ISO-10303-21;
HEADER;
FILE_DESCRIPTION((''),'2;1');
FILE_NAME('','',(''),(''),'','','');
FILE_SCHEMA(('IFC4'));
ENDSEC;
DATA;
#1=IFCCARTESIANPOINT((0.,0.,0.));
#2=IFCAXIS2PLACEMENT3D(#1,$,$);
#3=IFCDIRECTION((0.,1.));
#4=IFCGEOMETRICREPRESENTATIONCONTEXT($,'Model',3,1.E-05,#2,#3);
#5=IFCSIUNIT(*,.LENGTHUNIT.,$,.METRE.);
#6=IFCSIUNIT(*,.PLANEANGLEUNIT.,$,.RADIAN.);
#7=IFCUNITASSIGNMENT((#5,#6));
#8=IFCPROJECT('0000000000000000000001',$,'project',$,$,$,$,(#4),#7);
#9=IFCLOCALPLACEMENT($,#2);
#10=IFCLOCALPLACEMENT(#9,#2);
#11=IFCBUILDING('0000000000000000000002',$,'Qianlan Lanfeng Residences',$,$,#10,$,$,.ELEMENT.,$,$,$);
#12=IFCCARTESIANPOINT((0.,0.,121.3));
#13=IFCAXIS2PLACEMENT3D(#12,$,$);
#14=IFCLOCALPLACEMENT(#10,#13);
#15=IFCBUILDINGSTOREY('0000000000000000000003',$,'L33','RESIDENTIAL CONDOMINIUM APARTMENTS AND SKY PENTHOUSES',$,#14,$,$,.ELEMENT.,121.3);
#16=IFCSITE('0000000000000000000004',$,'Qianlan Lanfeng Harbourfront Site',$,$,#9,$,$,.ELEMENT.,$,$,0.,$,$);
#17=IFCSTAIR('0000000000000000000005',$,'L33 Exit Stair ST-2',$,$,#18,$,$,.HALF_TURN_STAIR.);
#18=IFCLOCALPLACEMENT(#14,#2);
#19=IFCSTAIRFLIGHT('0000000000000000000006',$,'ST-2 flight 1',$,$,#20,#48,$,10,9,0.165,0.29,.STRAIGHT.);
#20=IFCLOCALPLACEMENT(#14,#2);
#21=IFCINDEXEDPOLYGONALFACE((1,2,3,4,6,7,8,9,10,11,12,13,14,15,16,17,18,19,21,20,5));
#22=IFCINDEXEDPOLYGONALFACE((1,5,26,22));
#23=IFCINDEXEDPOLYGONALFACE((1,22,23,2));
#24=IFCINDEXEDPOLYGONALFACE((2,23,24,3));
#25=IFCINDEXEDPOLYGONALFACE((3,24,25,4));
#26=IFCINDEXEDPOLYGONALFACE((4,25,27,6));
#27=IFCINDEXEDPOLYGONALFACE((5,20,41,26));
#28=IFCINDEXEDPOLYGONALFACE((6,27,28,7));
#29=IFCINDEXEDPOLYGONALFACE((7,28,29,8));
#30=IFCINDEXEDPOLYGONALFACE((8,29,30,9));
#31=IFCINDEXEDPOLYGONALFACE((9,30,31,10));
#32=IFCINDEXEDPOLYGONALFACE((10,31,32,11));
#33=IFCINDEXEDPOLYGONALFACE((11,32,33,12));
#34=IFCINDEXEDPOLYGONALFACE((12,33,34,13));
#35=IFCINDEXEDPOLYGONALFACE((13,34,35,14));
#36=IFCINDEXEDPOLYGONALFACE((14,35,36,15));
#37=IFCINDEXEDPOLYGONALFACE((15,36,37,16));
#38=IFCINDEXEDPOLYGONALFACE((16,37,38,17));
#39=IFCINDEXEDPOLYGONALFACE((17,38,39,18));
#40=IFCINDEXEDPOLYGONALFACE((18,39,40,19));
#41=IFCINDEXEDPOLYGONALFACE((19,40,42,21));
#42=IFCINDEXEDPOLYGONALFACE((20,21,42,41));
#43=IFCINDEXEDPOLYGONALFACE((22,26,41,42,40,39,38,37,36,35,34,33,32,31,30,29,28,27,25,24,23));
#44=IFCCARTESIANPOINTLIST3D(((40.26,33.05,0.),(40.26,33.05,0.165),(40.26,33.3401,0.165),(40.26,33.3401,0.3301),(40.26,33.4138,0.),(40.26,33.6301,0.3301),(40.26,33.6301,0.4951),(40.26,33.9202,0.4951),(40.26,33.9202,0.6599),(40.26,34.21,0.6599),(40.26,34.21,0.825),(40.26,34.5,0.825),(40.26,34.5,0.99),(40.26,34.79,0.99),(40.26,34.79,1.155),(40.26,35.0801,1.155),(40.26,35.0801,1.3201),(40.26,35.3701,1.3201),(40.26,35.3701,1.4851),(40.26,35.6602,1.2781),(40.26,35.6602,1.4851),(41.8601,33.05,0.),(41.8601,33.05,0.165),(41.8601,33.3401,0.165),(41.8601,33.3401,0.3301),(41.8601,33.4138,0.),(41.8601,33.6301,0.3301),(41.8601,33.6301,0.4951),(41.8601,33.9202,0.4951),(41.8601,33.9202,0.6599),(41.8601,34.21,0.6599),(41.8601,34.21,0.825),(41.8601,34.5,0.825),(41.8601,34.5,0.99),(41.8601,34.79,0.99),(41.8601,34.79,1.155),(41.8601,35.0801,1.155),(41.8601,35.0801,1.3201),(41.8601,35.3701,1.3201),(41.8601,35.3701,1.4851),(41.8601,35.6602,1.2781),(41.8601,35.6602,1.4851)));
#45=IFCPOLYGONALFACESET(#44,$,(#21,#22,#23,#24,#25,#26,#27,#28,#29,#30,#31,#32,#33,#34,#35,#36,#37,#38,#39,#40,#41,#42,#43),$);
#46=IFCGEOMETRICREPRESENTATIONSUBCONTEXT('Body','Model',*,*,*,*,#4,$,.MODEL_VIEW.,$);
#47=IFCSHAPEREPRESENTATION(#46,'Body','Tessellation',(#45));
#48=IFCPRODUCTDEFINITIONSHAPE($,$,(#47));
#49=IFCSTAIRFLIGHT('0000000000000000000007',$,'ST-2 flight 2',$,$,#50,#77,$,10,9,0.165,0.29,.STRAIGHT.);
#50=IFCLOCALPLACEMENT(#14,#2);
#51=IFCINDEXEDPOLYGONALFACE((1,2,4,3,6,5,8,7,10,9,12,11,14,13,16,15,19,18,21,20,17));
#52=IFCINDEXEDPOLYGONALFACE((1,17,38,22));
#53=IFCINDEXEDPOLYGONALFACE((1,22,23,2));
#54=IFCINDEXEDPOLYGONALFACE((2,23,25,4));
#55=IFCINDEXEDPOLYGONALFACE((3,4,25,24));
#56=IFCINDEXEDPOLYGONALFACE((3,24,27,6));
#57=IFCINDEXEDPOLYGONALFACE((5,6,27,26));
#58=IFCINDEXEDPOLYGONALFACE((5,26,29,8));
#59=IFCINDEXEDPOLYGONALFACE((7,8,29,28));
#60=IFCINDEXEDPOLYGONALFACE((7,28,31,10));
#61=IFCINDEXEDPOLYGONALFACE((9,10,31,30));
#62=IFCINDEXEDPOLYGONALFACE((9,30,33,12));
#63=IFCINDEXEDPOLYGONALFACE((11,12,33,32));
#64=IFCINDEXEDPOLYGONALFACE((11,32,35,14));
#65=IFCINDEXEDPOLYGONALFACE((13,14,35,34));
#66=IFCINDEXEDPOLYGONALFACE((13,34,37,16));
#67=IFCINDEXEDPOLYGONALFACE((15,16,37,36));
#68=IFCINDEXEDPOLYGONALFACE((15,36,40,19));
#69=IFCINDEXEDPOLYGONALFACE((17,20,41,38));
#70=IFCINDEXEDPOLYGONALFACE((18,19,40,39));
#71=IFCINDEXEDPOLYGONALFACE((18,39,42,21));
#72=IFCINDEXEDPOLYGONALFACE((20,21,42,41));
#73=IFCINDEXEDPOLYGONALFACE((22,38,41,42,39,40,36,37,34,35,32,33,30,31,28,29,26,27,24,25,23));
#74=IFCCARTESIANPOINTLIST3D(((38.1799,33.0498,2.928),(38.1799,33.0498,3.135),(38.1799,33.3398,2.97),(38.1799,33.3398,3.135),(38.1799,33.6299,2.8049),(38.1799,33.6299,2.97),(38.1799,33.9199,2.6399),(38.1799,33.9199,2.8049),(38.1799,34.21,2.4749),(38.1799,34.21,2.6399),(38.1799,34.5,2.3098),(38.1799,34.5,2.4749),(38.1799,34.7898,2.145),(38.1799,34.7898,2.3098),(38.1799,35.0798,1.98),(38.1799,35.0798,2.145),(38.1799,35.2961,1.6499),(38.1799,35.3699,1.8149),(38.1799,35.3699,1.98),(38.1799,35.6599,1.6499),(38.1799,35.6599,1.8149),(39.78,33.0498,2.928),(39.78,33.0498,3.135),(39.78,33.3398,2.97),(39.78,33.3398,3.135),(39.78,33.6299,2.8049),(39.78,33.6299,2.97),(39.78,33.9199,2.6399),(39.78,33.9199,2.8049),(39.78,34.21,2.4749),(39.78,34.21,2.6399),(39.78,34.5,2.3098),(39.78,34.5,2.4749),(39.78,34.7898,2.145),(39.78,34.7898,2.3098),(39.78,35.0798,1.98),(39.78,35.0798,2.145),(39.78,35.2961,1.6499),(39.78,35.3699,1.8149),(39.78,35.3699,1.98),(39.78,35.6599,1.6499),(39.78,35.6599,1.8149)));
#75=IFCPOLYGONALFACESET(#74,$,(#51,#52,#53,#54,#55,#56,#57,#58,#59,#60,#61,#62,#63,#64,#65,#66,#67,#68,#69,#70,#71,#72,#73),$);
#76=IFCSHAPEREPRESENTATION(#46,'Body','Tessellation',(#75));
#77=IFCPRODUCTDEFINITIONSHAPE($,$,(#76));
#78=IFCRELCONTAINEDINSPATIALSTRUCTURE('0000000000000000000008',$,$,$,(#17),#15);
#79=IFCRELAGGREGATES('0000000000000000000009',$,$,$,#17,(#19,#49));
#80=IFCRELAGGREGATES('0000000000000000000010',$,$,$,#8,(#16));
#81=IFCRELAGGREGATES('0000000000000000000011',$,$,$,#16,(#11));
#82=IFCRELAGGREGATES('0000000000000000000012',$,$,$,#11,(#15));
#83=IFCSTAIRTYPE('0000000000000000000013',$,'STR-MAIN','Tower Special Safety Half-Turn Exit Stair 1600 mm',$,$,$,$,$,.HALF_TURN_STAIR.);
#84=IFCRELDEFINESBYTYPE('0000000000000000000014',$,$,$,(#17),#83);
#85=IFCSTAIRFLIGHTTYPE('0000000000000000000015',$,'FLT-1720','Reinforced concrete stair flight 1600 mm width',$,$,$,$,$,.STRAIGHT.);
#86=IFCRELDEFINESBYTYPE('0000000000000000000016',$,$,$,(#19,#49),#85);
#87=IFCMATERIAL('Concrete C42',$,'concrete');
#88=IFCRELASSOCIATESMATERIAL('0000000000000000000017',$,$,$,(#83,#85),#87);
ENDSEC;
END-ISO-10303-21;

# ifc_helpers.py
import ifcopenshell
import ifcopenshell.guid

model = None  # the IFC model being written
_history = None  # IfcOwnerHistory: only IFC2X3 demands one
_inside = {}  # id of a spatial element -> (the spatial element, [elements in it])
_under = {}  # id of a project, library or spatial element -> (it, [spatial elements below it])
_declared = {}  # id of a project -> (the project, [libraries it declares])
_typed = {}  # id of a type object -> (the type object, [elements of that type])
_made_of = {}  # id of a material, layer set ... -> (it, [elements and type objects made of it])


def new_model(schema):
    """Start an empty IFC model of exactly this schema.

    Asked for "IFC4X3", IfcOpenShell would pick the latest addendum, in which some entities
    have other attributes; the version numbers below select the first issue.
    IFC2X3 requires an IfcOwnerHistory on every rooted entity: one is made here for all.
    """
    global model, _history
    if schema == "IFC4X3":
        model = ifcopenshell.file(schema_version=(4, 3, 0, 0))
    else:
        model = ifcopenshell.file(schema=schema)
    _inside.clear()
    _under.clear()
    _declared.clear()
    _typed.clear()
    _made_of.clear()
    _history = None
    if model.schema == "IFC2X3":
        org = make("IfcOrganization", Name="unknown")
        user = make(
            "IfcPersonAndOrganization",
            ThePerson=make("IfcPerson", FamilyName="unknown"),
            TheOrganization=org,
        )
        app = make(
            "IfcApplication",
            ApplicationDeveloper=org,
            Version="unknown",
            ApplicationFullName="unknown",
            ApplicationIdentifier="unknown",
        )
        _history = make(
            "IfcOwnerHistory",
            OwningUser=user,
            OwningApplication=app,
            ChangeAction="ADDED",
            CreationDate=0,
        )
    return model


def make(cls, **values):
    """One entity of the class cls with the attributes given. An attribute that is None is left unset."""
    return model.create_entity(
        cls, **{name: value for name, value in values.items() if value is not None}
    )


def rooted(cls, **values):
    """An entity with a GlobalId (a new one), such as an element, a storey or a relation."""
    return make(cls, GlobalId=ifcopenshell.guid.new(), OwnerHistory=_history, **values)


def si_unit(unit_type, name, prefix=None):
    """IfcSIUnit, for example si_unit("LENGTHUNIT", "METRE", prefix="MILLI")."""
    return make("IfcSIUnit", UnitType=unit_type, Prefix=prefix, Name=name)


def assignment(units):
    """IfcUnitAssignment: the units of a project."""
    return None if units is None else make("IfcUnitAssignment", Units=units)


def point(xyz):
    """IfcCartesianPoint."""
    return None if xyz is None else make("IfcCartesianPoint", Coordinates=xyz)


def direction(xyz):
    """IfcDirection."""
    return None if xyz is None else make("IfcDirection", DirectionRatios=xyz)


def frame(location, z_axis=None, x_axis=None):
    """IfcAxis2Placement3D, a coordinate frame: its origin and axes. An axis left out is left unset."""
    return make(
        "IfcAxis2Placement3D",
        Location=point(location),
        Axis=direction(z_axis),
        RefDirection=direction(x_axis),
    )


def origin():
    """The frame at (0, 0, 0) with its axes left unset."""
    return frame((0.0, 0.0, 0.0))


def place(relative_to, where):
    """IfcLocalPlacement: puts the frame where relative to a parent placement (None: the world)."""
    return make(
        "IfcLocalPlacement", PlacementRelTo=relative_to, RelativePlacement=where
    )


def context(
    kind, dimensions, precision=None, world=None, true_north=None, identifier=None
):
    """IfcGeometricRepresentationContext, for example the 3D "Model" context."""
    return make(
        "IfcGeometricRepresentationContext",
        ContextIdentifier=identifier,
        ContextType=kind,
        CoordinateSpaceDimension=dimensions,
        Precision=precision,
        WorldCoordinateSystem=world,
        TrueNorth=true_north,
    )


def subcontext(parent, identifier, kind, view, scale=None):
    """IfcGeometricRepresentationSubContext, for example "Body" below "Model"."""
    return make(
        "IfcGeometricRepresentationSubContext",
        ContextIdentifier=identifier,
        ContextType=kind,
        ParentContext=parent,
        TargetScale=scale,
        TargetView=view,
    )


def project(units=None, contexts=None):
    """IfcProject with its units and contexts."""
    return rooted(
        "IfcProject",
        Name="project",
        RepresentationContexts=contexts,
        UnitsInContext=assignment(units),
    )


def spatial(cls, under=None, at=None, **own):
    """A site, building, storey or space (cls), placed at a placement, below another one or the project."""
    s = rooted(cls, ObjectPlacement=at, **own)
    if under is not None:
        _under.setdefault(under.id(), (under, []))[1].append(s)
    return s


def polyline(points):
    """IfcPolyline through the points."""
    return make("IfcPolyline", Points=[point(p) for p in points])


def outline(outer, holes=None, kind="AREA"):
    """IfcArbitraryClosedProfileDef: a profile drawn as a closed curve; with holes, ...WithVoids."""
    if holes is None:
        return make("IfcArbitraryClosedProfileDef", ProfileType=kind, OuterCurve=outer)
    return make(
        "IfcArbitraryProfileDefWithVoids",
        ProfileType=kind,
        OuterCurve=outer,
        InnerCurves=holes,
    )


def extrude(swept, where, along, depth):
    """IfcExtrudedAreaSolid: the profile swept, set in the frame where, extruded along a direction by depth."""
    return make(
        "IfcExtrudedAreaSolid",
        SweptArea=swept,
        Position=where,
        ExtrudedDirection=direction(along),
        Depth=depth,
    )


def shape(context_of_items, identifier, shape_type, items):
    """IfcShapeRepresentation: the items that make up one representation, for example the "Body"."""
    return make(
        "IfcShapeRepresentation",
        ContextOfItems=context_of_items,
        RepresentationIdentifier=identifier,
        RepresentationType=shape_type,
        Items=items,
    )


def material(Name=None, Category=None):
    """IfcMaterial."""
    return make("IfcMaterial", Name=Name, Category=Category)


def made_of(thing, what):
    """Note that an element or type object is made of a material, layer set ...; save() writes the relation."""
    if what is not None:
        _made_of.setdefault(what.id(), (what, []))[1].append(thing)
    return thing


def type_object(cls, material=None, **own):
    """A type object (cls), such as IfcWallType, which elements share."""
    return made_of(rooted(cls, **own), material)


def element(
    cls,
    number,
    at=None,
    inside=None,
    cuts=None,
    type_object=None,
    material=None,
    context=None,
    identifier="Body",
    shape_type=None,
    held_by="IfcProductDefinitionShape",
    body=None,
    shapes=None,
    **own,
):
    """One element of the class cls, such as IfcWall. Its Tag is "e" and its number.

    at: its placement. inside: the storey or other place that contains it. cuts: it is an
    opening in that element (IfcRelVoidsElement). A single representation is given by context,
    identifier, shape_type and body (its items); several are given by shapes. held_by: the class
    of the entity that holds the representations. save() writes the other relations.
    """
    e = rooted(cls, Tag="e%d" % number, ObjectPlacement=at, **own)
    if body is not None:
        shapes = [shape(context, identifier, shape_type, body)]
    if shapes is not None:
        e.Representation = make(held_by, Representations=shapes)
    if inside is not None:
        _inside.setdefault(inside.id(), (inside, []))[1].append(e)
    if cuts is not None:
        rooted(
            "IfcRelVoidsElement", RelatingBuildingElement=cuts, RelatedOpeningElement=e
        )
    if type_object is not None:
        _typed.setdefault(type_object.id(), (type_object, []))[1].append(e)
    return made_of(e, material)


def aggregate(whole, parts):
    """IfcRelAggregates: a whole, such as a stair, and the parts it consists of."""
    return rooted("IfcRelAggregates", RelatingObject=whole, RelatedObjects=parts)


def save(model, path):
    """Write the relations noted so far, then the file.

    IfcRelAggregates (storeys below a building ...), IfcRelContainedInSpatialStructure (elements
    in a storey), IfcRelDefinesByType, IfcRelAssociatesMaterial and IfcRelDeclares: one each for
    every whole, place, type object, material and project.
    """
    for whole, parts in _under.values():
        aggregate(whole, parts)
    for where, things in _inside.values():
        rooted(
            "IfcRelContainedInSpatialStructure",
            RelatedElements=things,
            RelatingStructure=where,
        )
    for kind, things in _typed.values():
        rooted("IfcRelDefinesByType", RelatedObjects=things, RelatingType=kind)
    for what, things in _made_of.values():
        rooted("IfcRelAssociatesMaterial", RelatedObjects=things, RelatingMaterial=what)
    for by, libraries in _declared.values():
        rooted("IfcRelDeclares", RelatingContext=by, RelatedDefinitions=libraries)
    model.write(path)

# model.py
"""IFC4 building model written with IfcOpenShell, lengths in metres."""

from ifc_helpers import new_model, si_unit, direction, frame, origin, place, context, subcontext, project, spatial, polyline, outline, extrude, material, type_object, element, aggregate, save


model = new_model("IFC4")

# Units and contexts
model_context = context("Model", 3, precision=1e-05, world=origin(), true_north=direction((0.0, 1.0)))
body_context = subcontext(model_context, "Body", "Model", "MODEL_VIEW")
ifc_project = project(units=[si_unit("LENGTHUNIT", "METRE"), si_unit("PLANEANGLEUNIT", "RADIAN")], contexts=[model_context])

# Site, building, storey
site_placement = place(None, origin())
site = spatial("IfcSite", under=ifc_project, at=site_placement, Name="Qianlan Lanfeng Harbourfront Site", CompositionType="ELEMENT", RefElevation=0.0)
building_placement = place(site_placement, origin())
building = spatial("IfcBuilding", under=site, at=building_placement, Name="Qianlan Lanfeng Residences", CompositionType="ELEMENT")
storey_placement = place(building_placement, frame((0.0, 0.0, 121.3)))
storey = spatial("IfcBuildingStorey", under=building, at=storey_placement, Name="L33", Description="RESIDENTIAL CONDOMINIUM APARTMENTS AND SKY PENTHOUSES", CompositionType="ELEMENT", Elevation=121.3)

# Shared definitions
ifc_material_1 = material(Name="Concrete C42", Category="concrete")

# Stair, stair flights
stair_type = type_object("IfcStairType", Name="STR-MAIN", Description="Tower Special Safety Half-Turn Exit Stair 1600 mm", PredefinedType="HALF_TURN_STAIR", material=ifc_material_1)
stair_placement = place(storey_placement, origin())
stair = element("IfcStair", 1, at=stair_placement, inside=storey, type_object=stair_type, Name="L33 Exit Stair ST-2", PredefinedType="HALF_TURN_STAIR")
stair_flight_type = type_object("IfcStairFlightType", Name="FLT-1720", Description="Reinforced concrete stair flight 1600 mm width", PredefinedType="STRAIGHT", material=ifc_material_1)
stair_flight_1_placement = place(storey_placement, frame((41.0601, 33.05, 0.0), z_axis=(0.0, 0.0, 1.0), x_axis=(0.0, 1.0, 0.0)))
stair_flight_1 = element("IfcStairFlight", 2, at=stair_flight_1_placement, type_object=stair_flight_type, Name="ST-2 flight 1", NumberOfRisers=10, NumberOfTreads=9, PredefinedType="STRAIGHT", RiserHeight=0.165, TreadLength=0.29, context=body_context, shape_type="SweptSolid", body=[
    extrude(outline(polyline([(0.0, 0.0), (0.0, 0.165), (0.29, 0.165), (0.29, 0.3301), (0.5801, 0.3301), (0.5801, 0.4951), (0.8701, 0.4951), (0.8701, 0.6599), (1.1599, 0.6599), (1.1599, 0.825), (1.45, 0.825), (1.45, 0.99), (1.74, 0.99), (1.74, 1.155), (2.03, 1.155), (2.03, 1.3201), (2.3201, 1.3201), (2.3201, 1.4851), (2.6101, 1.4851), (2.6101, 1.6499), (2.6101, 1.2781), (0.3638, 0.0), (0.0, 0.0)])), frame((0.0, 0.8, 0.0), z_axis=(0.0, -1.0, 0.0), x_axis=(1.0, 0.0, 0.0)), (0.0, 0.0, 1.0), 1.6001),
])
stair_flight_2_placement = place(storey_placement, frame((38.98, 35.6599, 1.6499), z_axis=(0.0, 0.0, 1.0), x_axis=(0.0, -1.0, 0.0)))
stair_flight_2 = element("IfcStairFlight", 3, at=stair_flight_2_placement, type_object=stair_flight_type, Name="ST-2 flight 2", NumberOfRisers=10, NumberOfTreads=9, PredefinedType="STRAIGHT", RiserHeight=0.165, TreadLength=0.29, context=body_context, shape_type="SweptSolid", body=[
    extrude(outline(polyline([(0.0, 0.0), (0.0, 0.165), (0.29, 0.165), (0.29, 0.3301), (0.5801, 0.3301), (0.5801, 0.4951), (0.8701, 0.4951), (0.8701, 0.6599), (1.1599, 0.6599), (1.1599, 0.825), (1.45, 0.825), (1.45, 0.99), (1.74, 0.99), (1.74, 1.155), (2.03, 1.155), (2.03, 1.3201), (2.3201, 1.3201), (2.3201, 1.4851), (2.6101, 1.4851), (2.6101, 1.6499), (2.6101, 1.2781), (0.3638, 0.0), (0.0, 0.0)])), frame((0.0, 0.8, 0.0), z_axis=(0.0, -1.0, 0.0), x_axis=(1.0, 0.0, 0.0)), (0.0, 0.0, 1.0), 1.6001),
])
aggregate(stair, [stair_flight_1, stair_flight_2])

save(model, "model.ifc")
